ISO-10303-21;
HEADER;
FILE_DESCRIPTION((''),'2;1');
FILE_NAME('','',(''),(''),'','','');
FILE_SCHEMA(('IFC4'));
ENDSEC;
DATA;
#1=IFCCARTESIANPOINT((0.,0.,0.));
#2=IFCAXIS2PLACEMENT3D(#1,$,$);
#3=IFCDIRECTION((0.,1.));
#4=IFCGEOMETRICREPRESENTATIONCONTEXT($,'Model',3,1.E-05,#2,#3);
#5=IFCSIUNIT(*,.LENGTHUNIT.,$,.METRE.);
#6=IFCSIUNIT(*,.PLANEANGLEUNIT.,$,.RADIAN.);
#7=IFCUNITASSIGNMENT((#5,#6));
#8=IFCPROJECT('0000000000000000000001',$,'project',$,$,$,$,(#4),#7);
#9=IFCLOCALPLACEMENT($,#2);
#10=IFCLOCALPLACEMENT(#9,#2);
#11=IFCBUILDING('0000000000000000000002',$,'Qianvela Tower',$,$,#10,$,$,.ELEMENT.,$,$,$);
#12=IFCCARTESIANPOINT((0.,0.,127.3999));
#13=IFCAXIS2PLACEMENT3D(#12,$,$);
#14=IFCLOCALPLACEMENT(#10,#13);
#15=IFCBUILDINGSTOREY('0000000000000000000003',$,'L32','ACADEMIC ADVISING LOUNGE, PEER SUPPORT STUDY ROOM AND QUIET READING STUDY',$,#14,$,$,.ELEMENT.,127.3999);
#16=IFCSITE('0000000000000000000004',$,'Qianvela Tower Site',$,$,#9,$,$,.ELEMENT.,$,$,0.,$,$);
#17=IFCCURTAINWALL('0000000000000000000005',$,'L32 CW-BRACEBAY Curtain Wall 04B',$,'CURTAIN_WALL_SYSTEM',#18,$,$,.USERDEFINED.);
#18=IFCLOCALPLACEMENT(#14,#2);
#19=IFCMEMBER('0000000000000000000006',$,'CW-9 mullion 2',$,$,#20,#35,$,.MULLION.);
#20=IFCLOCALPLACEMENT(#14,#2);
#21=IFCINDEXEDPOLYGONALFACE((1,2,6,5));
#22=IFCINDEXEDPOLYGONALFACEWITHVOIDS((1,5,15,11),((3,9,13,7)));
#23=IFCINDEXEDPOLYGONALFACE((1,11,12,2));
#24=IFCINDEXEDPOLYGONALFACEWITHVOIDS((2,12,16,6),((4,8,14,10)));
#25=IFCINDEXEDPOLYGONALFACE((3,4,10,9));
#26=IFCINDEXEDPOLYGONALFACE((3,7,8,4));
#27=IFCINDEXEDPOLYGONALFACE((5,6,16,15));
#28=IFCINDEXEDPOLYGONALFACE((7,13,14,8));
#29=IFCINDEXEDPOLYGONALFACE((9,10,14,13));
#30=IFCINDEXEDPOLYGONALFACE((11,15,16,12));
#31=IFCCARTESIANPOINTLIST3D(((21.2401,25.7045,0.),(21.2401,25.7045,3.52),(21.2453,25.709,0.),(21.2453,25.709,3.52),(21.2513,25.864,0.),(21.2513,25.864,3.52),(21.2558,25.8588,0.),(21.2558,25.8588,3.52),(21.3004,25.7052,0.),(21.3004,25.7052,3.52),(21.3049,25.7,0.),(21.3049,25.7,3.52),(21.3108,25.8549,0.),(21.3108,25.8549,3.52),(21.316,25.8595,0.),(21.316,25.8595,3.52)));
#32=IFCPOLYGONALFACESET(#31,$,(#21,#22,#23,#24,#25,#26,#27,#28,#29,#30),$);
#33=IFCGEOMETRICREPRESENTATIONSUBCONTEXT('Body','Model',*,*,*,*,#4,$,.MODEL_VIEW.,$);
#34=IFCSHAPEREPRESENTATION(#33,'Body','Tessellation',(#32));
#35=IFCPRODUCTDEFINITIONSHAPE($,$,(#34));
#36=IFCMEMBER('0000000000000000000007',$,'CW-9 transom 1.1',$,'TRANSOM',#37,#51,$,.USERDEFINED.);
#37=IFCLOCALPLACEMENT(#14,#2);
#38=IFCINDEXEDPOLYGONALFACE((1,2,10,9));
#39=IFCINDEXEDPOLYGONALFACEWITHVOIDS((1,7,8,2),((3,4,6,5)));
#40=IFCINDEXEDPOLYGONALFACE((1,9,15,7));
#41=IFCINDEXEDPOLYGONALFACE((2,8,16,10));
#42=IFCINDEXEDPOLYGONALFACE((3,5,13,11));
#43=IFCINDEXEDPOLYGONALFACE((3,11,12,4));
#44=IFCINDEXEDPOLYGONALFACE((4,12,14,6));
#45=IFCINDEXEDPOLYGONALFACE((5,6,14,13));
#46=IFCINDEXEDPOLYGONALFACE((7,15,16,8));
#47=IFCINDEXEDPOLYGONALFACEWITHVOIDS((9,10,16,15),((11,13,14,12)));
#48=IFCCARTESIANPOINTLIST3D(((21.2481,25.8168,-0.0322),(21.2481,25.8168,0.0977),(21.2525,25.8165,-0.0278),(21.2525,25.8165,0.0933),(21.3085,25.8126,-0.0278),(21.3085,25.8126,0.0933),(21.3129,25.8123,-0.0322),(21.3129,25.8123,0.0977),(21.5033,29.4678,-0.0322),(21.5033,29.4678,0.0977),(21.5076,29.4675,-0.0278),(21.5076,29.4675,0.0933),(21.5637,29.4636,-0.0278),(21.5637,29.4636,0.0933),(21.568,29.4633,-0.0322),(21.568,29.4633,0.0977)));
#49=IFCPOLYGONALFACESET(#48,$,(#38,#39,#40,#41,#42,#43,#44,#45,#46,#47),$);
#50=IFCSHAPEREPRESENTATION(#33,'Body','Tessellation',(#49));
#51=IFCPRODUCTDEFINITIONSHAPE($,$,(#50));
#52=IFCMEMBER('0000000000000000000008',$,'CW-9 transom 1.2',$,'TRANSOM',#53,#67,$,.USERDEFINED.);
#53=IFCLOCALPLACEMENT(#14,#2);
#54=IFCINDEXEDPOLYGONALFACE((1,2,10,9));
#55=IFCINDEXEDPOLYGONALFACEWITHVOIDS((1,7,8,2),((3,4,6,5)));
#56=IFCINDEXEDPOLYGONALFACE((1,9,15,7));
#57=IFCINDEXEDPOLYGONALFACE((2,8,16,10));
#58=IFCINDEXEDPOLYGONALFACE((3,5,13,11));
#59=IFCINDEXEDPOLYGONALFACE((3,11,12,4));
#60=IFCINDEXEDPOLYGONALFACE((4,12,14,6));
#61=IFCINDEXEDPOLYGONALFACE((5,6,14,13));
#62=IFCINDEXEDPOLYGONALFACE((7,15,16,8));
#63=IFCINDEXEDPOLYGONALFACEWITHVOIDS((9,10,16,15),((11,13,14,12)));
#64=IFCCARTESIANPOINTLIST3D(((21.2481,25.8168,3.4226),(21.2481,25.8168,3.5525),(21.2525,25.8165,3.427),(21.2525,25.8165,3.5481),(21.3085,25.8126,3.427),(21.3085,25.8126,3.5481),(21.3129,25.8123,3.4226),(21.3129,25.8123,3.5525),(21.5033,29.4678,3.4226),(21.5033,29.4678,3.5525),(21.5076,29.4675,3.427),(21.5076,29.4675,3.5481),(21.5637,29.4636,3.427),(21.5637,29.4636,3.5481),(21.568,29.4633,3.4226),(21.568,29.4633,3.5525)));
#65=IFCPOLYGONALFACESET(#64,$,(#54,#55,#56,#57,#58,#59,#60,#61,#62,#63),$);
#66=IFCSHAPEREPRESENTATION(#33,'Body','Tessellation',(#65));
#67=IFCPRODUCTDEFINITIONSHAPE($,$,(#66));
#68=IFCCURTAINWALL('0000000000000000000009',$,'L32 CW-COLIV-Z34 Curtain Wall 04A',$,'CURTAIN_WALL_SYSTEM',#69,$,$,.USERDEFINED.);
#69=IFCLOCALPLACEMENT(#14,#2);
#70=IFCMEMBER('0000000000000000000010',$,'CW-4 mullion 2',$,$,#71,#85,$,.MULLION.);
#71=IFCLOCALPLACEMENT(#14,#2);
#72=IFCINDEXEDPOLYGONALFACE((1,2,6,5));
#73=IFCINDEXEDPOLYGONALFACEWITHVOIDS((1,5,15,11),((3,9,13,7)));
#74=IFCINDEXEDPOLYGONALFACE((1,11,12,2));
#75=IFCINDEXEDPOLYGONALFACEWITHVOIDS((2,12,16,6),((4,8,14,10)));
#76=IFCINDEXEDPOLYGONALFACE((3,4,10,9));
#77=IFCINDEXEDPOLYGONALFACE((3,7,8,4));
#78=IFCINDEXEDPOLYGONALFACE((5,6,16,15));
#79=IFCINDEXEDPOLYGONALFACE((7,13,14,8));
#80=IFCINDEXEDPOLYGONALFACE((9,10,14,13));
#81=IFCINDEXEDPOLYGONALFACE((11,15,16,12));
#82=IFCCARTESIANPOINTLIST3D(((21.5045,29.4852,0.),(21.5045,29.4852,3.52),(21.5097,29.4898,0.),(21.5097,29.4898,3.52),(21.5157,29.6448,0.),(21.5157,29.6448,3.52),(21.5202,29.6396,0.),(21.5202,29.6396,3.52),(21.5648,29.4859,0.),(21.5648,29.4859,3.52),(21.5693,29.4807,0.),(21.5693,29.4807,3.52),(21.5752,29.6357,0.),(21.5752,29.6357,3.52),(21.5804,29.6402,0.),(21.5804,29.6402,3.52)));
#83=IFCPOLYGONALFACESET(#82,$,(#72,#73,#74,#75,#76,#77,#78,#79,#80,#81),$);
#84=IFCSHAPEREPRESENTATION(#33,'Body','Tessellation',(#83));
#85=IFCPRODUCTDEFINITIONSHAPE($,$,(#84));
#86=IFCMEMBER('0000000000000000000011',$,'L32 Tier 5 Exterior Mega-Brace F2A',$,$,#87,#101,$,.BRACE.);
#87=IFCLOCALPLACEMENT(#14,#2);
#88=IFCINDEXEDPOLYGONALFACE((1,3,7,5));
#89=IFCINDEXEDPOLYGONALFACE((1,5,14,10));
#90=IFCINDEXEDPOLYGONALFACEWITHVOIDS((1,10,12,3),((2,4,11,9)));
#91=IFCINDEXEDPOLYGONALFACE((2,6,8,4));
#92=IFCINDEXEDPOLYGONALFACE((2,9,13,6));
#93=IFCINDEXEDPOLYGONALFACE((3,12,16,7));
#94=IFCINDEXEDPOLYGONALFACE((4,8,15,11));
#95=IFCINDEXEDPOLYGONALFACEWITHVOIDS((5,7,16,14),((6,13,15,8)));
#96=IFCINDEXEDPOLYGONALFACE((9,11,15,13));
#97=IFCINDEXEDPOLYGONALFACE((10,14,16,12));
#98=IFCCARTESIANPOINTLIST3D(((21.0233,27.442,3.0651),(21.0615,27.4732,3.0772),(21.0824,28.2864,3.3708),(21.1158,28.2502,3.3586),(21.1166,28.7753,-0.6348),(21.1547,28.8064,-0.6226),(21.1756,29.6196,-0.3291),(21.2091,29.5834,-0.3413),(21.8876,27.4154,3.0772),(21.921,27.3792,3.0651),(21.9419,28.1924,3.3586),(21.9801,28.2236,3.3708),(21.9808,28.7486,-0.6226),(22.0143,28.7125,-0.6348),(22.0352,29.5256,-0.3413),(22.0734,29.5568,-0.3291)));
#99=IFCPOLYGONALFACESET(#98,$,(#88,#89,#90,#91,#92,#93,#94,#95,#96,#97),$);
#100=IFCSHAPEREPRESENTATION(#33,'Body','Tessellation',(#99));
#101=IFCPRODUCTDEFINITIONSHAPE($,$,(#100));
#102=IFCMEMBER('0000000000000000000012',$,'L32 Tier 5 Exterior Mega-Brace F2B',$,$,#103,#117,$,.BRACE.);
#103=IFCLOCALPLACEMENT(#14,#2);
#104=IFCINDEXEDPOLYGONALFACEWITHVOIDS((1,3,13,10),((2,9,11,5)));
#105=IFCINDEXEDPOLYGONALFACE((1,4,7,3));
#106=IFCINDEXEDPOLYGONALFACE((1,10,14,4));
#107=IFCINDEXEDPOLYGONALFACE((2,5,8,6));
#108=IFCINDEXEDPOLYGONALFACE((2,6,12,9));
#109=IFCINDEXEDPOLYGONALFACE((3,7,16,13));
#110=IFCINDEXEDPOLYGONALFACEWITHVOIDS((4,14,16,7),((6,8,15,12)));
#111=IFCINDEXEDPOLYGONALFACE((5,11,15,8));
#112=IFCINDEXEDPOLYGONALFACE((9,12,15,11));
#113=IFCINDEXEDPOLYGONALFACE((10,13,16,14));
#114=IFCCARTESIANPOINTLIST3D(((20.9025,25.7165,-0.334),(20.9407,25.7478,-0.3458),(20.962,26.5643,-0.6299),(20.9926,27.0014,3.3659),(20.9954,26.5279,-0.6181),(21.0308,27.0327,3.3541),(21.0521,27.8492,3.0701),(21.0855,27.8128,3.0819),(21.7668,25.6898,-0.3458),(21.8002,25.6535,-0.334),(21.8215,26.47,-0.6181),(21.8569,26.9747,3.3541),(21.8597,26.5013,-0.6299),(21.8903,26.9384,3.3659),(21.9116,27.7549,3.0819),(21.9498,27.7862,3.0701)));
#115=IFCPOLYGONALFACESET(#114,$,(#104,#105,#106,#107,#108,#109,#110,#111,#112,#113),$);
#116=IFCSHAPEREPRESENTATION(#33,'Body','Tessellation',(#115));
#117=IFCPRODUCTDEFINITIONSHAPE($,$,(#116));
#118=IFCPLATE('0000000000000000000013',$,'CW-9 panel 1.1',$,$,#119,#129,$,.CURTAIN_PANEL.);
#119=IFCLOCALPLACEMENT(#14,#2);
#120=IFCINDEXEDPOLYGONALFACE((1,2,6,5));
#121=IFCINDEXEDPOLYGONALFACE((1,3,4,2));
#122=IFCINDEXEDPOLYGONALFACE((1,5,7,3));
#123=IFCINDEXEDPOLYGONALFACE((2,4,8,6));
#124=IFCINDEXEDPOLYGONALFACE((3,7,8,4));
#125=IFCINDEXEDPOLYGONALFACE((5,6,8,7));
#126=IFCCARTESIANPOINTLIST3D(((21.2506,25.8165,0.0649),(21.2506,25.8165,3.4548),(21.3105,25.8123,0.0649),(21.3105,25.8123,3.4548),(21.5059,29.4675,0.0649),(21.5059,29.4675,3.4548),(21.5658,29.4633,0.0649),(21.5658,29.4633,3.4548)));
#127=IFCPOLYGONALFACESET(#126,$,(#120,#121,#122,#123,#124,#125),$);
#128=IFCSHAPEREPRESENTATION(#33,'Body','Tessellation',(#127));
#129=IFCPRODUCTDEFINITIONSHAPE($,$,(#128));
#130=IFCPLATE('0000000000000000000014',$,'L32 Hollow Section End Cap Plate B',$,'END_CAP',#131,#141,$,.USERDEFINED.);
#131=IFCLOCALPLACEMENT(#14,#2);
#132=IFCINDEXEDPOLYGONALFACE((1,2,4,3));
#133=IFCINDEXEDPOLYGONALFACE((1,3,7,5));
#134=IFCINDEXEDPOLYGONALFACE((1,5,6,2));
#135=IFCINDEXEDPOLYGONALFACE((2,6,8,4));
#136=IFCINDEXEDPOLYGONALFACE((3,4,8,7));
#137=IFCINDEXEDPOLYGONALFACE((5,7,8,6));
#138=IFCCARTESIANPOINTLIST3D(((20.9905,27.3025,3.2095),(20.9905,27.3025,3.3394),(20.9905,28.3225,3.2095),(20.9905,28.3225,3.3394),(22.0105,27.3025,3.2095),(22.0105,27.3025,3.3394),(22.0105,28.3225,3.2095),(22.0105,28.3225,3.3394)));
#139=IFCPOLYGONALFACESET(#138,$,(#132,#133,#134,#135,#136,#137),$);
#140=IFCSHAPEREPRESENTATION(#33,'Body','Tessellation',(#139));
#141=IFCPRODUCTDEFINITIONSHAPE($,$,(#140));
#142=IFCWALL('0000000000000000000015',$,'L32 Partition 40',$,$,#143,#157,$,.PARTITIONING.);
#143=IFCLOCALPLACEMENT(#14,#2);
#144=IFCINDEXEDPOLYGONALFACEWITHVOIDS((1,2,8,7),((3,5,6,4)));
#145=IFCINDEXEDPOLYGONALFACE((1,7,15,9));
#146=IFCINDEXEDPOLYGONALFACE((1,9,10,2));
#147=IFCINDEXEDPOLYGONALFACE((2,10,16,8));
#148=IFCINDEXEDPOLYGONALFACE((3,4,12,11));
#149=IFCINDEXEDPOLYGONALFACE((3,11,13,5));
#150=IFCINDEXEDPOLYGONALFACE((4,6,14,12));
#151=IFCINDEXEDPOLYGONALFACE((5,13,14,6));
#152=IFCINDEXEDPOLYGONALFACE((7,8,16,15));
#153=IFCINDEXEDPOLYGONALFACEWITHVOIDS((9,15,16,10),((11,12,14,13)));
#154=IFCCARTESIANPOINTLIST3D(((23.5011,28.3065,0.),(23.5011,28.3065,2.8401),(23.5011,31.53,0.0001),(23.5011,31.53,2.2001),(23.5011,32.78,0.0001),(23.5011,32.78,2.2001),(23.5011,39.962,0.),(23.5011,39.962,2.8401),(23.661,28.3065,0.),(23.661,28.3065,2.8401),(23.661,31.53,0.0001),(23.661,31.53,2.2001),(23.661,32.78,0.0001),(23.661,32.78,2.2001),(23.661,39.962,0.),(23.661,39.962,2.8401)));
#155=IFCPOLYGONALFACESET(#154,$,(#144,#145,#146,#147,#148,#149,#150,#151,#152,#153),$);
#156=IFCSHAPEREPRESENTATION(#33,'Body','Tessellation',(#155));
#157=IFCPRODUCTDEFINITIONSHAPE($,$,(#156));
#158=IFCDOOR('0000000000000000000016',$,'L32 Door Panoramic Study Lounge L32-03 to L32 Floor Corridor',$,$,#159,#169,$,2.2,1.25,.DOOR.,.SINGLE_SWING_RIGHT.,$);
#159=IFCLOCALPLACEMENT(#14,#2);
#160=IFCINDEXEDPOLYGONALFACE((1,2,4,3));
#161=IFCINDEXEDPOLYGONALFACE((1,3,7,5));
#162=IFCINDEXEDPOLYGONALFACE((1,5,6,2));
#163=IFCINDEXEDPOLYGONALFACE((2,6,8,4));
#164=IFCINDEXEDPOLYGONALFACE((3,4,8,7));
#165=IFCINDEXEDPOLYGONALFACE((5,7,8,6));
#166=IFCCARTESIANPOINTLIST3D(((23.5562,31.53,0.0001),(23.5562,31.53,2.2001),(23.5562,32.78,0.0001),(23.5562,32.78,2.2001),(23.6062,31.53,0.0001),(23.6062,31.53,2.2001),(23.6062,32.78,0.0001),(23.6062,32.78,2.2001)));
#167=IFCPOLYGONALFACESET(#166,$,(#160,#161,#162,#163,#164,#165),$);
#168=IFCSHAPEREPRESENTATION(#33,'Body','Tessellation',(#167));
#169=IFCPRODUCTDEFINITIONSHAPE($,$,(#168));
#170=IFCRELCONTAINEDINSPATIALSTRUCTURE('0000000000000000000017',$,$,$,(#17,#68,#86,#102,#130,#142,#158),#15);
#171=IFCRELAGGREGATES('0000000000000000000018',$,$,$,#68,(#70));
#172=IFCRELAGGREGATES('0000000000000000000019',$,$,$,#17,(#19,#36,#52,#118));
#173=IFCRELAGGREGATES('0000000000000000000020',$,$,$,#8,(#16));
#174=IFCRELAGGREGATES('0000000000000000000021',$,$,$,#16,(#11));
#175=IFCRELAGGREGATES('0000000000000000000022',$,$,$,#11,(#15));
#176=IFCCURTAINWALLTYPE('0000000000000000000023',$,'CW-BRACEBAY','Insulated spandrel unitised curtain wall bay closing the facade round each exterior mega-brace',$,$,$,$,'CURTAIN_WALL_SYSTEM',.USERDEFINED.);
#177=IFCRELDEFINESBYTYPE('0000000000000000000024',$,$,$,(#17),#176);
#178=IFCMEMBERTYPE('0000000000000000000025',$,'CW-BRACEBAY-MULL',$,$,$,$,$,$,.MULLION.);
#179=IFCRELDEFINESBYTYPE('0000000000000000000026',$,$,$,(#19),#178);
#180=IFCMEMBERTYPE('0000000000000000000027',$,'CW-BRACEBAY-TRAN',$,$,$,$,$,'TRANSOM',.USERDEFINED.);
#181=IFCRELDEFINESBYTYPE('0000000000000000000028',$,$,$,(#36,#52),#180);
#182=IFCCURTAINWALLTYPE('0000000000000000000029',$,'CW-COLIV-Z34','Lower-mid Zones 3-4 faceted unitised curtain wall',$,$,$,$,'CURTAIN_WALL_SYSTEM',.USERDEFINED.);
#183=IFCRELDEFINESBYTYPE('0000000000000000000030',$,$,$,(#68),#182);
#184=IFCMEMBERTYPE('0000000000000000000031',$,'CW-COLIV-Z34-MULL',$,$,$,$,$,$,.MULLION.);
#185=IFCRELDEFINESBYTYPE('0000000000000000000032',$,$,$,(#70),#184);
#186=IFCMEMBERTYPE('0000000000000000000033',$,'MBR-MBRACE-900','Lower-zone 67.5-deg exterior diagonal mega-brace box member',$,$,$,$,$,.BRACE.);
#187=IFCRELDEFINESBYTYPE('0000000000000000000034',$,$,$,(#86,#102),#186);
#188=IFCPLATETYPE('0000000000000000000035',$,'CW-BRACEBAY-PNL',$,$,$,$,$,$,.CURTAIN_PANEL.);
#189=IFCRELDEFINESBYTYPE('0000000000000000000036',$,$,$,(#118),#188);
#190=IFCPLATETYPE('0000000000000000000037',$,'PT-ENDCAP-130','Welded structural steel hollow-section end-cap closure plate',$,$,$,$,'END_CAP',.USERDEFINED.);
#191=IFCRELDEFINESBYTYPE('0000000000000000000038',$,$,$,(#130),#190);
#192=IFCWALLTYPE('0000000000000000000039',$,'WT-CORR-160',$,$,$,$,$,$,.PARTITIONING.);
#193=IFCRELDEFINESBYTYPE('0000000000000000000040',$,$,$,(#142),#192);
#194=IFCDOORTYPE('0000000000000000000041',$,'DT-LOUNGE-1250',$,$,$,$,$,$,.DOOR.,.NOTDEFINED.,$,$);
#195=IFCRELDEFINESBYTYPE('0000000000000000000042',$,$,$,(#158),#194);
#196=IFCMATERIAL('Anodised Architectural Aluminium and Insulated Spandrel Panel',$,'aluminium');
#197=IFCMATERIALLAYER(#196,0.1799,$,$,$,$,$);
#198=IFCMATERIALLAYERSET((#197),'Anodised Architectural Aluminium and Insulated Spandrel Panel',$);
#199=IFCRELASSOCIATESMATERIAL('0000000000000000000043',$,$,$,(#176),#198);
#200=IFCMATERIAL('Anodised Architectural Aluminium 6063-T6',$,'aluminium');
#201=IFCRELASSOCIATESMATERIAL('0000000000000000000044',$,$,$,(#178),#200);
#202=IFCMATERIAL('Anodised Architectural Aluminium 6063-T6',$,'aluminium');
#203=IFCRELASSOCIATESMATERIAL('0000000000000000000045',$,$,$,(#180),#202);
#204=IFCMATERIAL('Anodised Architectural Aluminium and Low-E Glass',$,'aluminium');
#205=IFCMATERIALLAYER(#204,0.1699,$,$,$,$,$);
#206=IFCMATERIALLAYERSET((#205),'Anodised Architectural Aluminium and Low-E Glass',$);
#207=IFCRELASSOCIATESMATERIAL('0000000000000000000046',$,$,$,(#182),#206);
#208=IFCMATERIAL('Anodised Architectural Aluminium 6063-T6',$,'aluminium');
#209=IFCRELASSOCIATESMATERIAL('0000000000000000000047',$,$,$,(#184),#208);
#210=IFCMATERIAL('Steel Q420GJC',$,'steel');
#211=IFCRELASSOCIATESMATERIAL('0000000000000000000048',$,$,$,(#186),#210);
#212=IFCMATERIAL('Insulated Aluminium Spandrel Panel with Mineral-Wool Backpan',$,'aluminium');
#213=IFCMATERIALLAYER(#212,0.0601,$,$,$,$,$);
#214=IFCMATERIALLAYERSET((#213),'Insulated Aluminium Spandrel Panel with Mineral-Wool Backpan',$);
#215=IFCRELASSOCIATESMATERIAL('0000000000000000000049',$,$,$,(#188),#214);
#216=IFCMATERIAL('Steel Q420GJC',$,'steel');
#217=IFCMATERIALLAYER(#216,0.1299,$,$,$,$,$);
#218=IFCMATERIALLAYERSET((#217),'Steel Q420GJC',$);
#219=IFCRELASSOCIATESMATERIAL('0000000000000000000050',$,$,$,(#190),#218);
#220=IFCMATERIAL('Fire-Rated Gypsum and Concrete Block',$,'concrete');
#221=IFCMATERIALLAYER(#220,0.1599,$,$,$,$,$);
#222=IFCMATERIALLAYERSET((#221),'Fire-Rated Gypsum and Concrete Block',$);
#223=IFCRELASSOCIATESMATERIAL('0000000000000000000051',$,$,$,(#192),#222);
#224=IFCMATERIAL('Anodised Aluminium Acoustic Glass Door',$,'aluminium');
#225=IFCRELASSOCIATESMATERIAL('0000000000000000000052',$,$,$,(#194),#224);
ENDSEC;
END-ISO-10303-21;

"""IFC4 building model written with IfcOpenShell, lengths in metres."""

from ifc_helpers import new_model, si_unit, direction, frame, frame_2d, origin, origin_2d, place, context, subcontext, project, spatial, rectangle, hollow_rectangle, extrude, material, layer, layer_set, material_profile, profile_set, type_object, element, fill, aggregate, save


model = new_model("IFC4")

# Units and contexts
model_context = context("Model", 3, precision=1e-05, world=origin(), true_north=direction((0.0, 1.0)))
body_context = subcontext(model_context, "Body", "Model", "MODEL_VIEW")
ifc_project = project(units=[si_unit("LENGTHUNIT", "METRE"), si_unit("PLANEANGLEUNIT", "RADIAN")], contexts=[model_context])

# Site, building, storey
site_placement = place(None, origin())
site = spatial("IfcSite", under=ifc_project, at=site_placement, Name="Qianvela Tower Site", CompositionType="ELEMENT", RefElevation=0.0)
building_placement = place(site_placement, origin())
building = spatial("IfcBuilding", under=site, at=building_placement, Name="Qianvela Tower", CompositionType="ELEMENT")
storey_placement = place(building_placement, frame((0.0, 0.0, 127.3999)))
storey = spatial("IfcBuildingStorey", under=building, at=storey_placement, Name="L32", Description="ACADEMIC ADVISING LOUNGE, PEER SUPPORT STUDY ROOM AND QUIET READING STUDY", CompositionType="ELEMENT", Elevation=127.3999)

# Curtain wall, members
ifc_material_1 = material(Name="Anodised Architectural Aluminium and Insulated Spandrel Panel", Category="aluminium")
ifc_layer_1 = layer(ifc_material_1, 0.1799)
ifc_layer_set_1 = layer_set([ifc_layer_1], Name="Anodised Architectural Aluminium and Insulated Spandrel Panel")
curtain_wall_type_1 = type_object("IfcCurtainWallType", Name="CW-BRACEBAY", Description="Insulated spandrel unitised curtain wall bay closing the facade round each exterior mega-brace", ElementType="CURTAIN_WALL_SYSTEM", PredefinedType="USERDEFINED", material=ifc_layer_set_1)
curtain_wall_1_placement = place(storey_placement, origin())
curtain_wall_1 = element("IfcCurtainWall", 1, at=curtain_wall_1_placement, inside=storey, type_object=curtain_wall_type_1, Name="L32 CW-BRACEBAY Curtain Wall 04B", ObjectType="CURTAIN_WALL_SYSTEM", PredefinedType="USERDEFINED")
ifc_material_2 = material(Name="Anodised Architectural Aluminium 6063-T6", Category="aluminium")
ifc_material_profile_1 = material_profile(ifc_material_2, hollow_rectangle(XDim=0.0649, YDim=0.1599, WallThickness=0.0049, at=origin_2d()), Name="ALU-MULL-65x160")
ifc_profile_set_1 = profile_set([ifc_material_profile_1], Name="Anodised Architectural Aluminium 6063-T6")
member_type_1 = type_object("IfcMemberType", Name="CW-BRACEBAY-MULL", PredefinedType="MULLION", material=ifc_profile_set_1)
member_1_placement = place(storey_placement, frame((21.2781, 25.782, 0.0), z_axis=(0.0, 0.0, 1.0), x_axis=(0.997564, -0.069762, 0.0)))
member_1 = element("IfcMember", 2, at=member_1_placement, type_object=member_type_1, Name="CW-9 mullion 2", PredefinedType="MULLION", context=body_context, shape_type="SweptSolid", body=[
    extrude(hollow_rectangle(XDim=0.0649, YDim=0.1599, WallThickness=0.0049, at=origin_2d()), origin(), (0.0, 0.0, 1.0), 3.52),
])
ifc_material_3 = material(Name="Anodised Architectural Aluminium 6063-T6", Category="aluminium")
ifc_material_profile_2 = material_profile(ifc_material_3, hollow_rectangle(XDim=0.0649, YDim=0.1299, WallThickness=0.0044, at=origin_2d()), Name="ALU-TRAN-65x130")
ifc_profile_set_2 = profile_set([ifc_material_profile_2], Name="Anodised Architectural Aluminium 6063-T6")
member_type_2 = type_object("IfcMemberType", Name="CW-BRACEBAY-TRAN", ElementType="TRANSOM", PredefinedType="USERDEFINED", material=ifc_profile_set_2)
member_2_placement = place(storey_placement, frame((21.5356, 29.4656, 0.0327), z_axis=(-0.069706, -0.997568, 0.0), x_axis=(0.997568, -0.069706, 0.0)))
member_2 = element("IfcMember", 3, at=member_2_placement, type_object=member_type_2, Name="CW-9 transom 1.1", ObjectType="TRANSOM", PredefinedType="USERDEFINED", context=body_context, shape_type="SweptSolid", body=[
    extrude(hollow_rectangle(XDim=0.0649, YDim=0.1299, WallThickness=0.0044, at=origin_2d()), origin(), (0.0, 0.0, 1.0), 3.6599),
])
member_3_placement = place(storey_placement, frame((21.5356, 29.4656, 3.4875), z_axis=(-0.069706, -0.997568, 0.0), x_axis=(0.997568, -0.069706, 0.0)))
member_3 = element("IfcMember", 4, at=member_3_placement, type_object=member_type_2, Name="CW-9 transom 1.2", ObjectType="TRANSOM", PredefinedType="USERDEFINED", context=body_context, shape_type="SweptSolid", body=[
    extrude(hollow_rectangle(XDim=0.0649, YDim=0.1299, WallThickness=0.0044, at=origin_2d()), origin(), (0.0, 0.0, 1.0), 3.6599),
])

# Curtain wall, member
ifc_material_4 = material(Name="Anodised Architectural Aluminium and Low-E Glass", Category="aluminium")
ifc_layer_2 = layer(ifc_material_4, 0.1699)
ifc_layer_set_2 = layer_set([ifc_layer_2], Name="Anodised Architectural Aluminium and Low-E Glass")
curtain_wall_type_2 = type_object("IfcCurtainWallType", Name="CW-COLIV-Z34", Description="Lower-mid Zones 3-4 faceted unitised curtain wall", ElementType="CURTAIN_WALL_SYSTEM", PredefinedType="USERDEFINED", material=ifc_layer_set_2)
curtain_wall_2_placement = place(storey_placement, origin())
curtain_wall_2 = element("IfcCurtainWall", 5, at=curtain_wall_2_placement, inside=storey, type_object=curtain_wall_type_2, Name="L32 CW-COLIV-Z34 Curtain Wall 04A", ObjectType="CURTAIN_WALL_SYSTEM", PredefinedType="USERDEFINED")
ifc_material_5 = material(Name="Anodised Architectural Aluminium 6063-T6", Category="aluminium")
ifc_material_profile_3 = material_profile(ifc_material_5, hollow_rectangle(XDim=0.0649, YDim=0.1599, WallThickness=0.0049, at=origin_2d()), Name="ALU-MULL-65x160")
ifc_profile_set_3 = profile_set([ifc_material_profile_3], Name="Anodised Architectural Aluminium 6063-T6")
member_type_3 = type_object("IfcMemberType", Name="CW-COLIV-Z34-MULL", PredefinedType="MULLION", material=ifc_profile_set_3)
member_4_placement = place(storey_placement, frame((21.5425, 29.5627, 0.0), z_axis=(0.0, 0.0, 1.0), x_axis=(0.997564, -0.069752, 0.0)))
member_4 = element("IfcMember", 6, at=member_4_placement, type_object=member_type_3, Name="CW-4 mullion 2", PredefinedType="MULLION", context=body_context, shape_type="SweptSolid", body=[
    extrude(hollow_rectangle(XDim=0.0649, YDim=0.1599, WallThickness=0.0049, at=origin_2d()), origin(), (0.0, 0.0, 1.0), 3.52),
])
aggregate(curtain_wall_2, [member_4])

# Members
ifc_material_6 = material(Name="Steel Q420GJC", Category="steel")
ifc_material_profile_4 = material_profile(ifc_material_6, hollow_rectangle(XDim=0.8999, YDim=0.8999, WallThickness=0.0359, at=origin_2d()), Name="MBOX-900x900x36")
ifc_profile_set_4 = profile_set([ifc_material_profile_4], Name="Steel Q420GJC")
member_type_4 = type_object("IfcMemberType", Name="MBR-MBRACE-900", Description="Lower-zone 67.5-deg exterior diagonal mega-brace box member", PredefinedType="BRACE", material=ifc_profile_set_4)
member_5_placement = place(storey_placement, frame((21.595, 29.166, -0.4819), z_axis=(-0.023707, -0.33891, 0.94052), x_axis=(0.997562, -0.06978, 0.0)))
element("IfcMember", 7, at=member_5_placement, inside=storey, type_object=member_type_4, Name="L32 Tier 5 Exterior Mega-Brace F2A", PredefinedType="BRACE", context=body_context, shape_type="SweptSolid", body=[
    extrude(hollow_rectangle(XDim=0.8999, YDim=0.8999, WallThickness=0.0359, at=origin_2d()), origin(), (0.0, 0.0, 1.0), 3.9338),
])
member_6_placement = place(storey_placement, frame((21.3811, 26.1089, -0.4819), z_axis=(0.022995, 0.327972, 0.944408), x_axis=(-0.997551, 0.06994, 0.0)))
element("IfcMember", 8, at=member_6_placement, inside=storey, type_object=member_type_4, Name="L32 Tier 5 Exterior Mega-Brace F2B", PredefinedType="BRACE", context=body_context, shape_type="SweptSolid", body=[
    extrude(hollow_rectangle(XDim=0.8999, YDim=0.8999, WallThickness=0.0359, at=origin_2d()), origin(), (0.0, 0.0, 1.0), 3.9177),
])

# Plates
ifc_material_7 = material(Name="Insulated Aluminium Spandrel Panel with Mineral-Wool Backpan", Category="aluminium")
ifc_layer_3 = layer(ifc_material_7, 0.0601)
ifc_layer_set_3 = layer_set([ifc_layer_3], Name="Insulated Aluminium Spandrel Panel with Mineral-Wool Backpan")
plate_type_1 = type_object("IfcPlateType", Name="CW-BRACEBAY-PNL", PredefinedType="CURTAIN_PANEL", material=ifc_layer_set_3)
plate_1_placement = place(storey_placement, frame((21.4082, 27.6399, 0.0649), z_axis=(0.0, 0.0, 1.0), x_axis=(-0.069762, -0.997564, 0.0)))
plate_1 = element("IfcPlate", 9, at=plate_1_placement, type_object=plate_type_1, Name="CW-9 panel 1.1", PredefinedType="CURTAIN_PANEL", context=body_context, shape_type="SweptSolid", body=[
    extrude(rectangle(XDim=3.6599, YDim=0.0601, at=origin_2d()), origin(), (0.0, 0.0, 1.0), 3.3899),
])
aggregate(curtain_wall_1, [member_1, member_2, member_3, plate_1])
ifc_material_8 = material(Name="Steel Q420GJC", Category="steel")
ifc_layer_4 = layer(ifc_material_8, 0.1299)
ifc_layer_set_4 = layer_set([ifc_layer_4], Name="Steel Q420GJC")
plate_type_2 = type_object("IfcPlateType", Name="PT-ENDCAP-130", Description="Welded structural steel hollow-section end-cap closure plate", ElementType="END_CAP", PredefinedType="USERDEFINED", material=ifc_layer_set_4)
plate_2_placement = place(storey_placement, frame((21.5005, 27.8125, 3.2095), z_axis=(0.0, 0.0, 1.0), x_axis=(1.0, 0.0, 0.0)))
element("IfcPlate", 10, at=plate_2_placement, inside=storey, type_object=plate_type_2, Name="L32 Hollow Section End Cap Plate B", ObjectType="END_CAP", PredefinedType="USERDEFINED", context=body_context, shape_type="SweptSolid", body=[
    extrude(rectangle(XDim=1.02, YDim=1.02, at=origin_2d()), origin(), (0.0, 0.0, 1.0), 0.1299),
])

# Wall, opening, door
ifc_material_9 = material(Name="Fire-Rated Gypsum and Concrete Block", Category="concrete")
ifc_layer_5 = layer(ifc_material_9, 0.1599)
ifc_layer_set_5 = layer_set([ifc_layer_5], Name="Fire-Rated Gypsum and Concrete Block")
wall_type_1 = type_object("IfcWallType", Name="WT-CORR-160", PredefinedType="PARTITIONING", material=ifc_layer_set_5)
wall_1_placement = place(storey_placement, frame((23.5811, 28.3066, 0.0), z_axis=(0.0, 0.0, 1.0), x_axis=(0.0, 1.0, 0.0)))
wall_1 = element("IfcWall", 11, at=wall_1_placement, inside=storey, type_object=wall_type_1, Name="L32 Partition 40", PredefinedType="PARTITIONING", context=body_context, shape_type="SweptSolid", body=[
    extrude(rectangle(XDim=11.6555, YDim=0.1599, at=frame_2d((5.8276, 0.0))), origin(), (0.0, 0.0, 1.0), 2.8401),
])
opening_1_placement = place(wall_1_placement, frame((3.2234, 0.0, 0.0)))
opening_1 = element("IfcOpeningElement", 12, at=opening_1_placement, cuts=wall_1, PredefinedType="OPENING", context=body_context, shape_type="SweptSolid", body=[
    extrude(rectangle(XDim=1.25, YDim=2.2, at=frame_2d((0.625, 1.1001))), frame((0.0, 0.0898, 0.0), z_axis=(0.0, -1.0, 0.0), x_axis=(1.0, 0.0, 0.0)), (0.0, 0.0, 1.0), 0.1799),
])
ifc_material_10 = material(Name="Anodised Aluminium Acoustic Glass Door", Category="aluminium")
door_type_1 = type_object("IfcDoorType", Name="DT-LOUNGE-1250", OperationType="NOTDEFINED", PredefinedType="DOOR", material=ifc_material_10)
door_1_placement = place(opening_1_placement, origin())
door_1 = element("IfcDoor", 13, at=door_1_placement, inside=storey, type_object=door_type_1, Name="L32 Door Panoramic Study Lounge L32-03 to L32 Floor Corridor", OperationType="SINGLE_SWING_RIGHT", OverallHeight=2.2, OverallWidth=1.25, PredefinedType="DOOR", context=body_context, shape_type="SweptSolid", body=[
    extrude(rectangle(XDim=1.25, YDim=2.2, at=frame_2d((0.625, 1.1001))), frame((0.0, 0.0249, 0.0), z_axis=(0.0, -1.0, 0.0), x_axis=(1.0, 0.0, 0.0)), (0.0, 0.0, 1.0), 0.05),
])
fill(opening_1, door_1)

save(model, "model.ifc")
